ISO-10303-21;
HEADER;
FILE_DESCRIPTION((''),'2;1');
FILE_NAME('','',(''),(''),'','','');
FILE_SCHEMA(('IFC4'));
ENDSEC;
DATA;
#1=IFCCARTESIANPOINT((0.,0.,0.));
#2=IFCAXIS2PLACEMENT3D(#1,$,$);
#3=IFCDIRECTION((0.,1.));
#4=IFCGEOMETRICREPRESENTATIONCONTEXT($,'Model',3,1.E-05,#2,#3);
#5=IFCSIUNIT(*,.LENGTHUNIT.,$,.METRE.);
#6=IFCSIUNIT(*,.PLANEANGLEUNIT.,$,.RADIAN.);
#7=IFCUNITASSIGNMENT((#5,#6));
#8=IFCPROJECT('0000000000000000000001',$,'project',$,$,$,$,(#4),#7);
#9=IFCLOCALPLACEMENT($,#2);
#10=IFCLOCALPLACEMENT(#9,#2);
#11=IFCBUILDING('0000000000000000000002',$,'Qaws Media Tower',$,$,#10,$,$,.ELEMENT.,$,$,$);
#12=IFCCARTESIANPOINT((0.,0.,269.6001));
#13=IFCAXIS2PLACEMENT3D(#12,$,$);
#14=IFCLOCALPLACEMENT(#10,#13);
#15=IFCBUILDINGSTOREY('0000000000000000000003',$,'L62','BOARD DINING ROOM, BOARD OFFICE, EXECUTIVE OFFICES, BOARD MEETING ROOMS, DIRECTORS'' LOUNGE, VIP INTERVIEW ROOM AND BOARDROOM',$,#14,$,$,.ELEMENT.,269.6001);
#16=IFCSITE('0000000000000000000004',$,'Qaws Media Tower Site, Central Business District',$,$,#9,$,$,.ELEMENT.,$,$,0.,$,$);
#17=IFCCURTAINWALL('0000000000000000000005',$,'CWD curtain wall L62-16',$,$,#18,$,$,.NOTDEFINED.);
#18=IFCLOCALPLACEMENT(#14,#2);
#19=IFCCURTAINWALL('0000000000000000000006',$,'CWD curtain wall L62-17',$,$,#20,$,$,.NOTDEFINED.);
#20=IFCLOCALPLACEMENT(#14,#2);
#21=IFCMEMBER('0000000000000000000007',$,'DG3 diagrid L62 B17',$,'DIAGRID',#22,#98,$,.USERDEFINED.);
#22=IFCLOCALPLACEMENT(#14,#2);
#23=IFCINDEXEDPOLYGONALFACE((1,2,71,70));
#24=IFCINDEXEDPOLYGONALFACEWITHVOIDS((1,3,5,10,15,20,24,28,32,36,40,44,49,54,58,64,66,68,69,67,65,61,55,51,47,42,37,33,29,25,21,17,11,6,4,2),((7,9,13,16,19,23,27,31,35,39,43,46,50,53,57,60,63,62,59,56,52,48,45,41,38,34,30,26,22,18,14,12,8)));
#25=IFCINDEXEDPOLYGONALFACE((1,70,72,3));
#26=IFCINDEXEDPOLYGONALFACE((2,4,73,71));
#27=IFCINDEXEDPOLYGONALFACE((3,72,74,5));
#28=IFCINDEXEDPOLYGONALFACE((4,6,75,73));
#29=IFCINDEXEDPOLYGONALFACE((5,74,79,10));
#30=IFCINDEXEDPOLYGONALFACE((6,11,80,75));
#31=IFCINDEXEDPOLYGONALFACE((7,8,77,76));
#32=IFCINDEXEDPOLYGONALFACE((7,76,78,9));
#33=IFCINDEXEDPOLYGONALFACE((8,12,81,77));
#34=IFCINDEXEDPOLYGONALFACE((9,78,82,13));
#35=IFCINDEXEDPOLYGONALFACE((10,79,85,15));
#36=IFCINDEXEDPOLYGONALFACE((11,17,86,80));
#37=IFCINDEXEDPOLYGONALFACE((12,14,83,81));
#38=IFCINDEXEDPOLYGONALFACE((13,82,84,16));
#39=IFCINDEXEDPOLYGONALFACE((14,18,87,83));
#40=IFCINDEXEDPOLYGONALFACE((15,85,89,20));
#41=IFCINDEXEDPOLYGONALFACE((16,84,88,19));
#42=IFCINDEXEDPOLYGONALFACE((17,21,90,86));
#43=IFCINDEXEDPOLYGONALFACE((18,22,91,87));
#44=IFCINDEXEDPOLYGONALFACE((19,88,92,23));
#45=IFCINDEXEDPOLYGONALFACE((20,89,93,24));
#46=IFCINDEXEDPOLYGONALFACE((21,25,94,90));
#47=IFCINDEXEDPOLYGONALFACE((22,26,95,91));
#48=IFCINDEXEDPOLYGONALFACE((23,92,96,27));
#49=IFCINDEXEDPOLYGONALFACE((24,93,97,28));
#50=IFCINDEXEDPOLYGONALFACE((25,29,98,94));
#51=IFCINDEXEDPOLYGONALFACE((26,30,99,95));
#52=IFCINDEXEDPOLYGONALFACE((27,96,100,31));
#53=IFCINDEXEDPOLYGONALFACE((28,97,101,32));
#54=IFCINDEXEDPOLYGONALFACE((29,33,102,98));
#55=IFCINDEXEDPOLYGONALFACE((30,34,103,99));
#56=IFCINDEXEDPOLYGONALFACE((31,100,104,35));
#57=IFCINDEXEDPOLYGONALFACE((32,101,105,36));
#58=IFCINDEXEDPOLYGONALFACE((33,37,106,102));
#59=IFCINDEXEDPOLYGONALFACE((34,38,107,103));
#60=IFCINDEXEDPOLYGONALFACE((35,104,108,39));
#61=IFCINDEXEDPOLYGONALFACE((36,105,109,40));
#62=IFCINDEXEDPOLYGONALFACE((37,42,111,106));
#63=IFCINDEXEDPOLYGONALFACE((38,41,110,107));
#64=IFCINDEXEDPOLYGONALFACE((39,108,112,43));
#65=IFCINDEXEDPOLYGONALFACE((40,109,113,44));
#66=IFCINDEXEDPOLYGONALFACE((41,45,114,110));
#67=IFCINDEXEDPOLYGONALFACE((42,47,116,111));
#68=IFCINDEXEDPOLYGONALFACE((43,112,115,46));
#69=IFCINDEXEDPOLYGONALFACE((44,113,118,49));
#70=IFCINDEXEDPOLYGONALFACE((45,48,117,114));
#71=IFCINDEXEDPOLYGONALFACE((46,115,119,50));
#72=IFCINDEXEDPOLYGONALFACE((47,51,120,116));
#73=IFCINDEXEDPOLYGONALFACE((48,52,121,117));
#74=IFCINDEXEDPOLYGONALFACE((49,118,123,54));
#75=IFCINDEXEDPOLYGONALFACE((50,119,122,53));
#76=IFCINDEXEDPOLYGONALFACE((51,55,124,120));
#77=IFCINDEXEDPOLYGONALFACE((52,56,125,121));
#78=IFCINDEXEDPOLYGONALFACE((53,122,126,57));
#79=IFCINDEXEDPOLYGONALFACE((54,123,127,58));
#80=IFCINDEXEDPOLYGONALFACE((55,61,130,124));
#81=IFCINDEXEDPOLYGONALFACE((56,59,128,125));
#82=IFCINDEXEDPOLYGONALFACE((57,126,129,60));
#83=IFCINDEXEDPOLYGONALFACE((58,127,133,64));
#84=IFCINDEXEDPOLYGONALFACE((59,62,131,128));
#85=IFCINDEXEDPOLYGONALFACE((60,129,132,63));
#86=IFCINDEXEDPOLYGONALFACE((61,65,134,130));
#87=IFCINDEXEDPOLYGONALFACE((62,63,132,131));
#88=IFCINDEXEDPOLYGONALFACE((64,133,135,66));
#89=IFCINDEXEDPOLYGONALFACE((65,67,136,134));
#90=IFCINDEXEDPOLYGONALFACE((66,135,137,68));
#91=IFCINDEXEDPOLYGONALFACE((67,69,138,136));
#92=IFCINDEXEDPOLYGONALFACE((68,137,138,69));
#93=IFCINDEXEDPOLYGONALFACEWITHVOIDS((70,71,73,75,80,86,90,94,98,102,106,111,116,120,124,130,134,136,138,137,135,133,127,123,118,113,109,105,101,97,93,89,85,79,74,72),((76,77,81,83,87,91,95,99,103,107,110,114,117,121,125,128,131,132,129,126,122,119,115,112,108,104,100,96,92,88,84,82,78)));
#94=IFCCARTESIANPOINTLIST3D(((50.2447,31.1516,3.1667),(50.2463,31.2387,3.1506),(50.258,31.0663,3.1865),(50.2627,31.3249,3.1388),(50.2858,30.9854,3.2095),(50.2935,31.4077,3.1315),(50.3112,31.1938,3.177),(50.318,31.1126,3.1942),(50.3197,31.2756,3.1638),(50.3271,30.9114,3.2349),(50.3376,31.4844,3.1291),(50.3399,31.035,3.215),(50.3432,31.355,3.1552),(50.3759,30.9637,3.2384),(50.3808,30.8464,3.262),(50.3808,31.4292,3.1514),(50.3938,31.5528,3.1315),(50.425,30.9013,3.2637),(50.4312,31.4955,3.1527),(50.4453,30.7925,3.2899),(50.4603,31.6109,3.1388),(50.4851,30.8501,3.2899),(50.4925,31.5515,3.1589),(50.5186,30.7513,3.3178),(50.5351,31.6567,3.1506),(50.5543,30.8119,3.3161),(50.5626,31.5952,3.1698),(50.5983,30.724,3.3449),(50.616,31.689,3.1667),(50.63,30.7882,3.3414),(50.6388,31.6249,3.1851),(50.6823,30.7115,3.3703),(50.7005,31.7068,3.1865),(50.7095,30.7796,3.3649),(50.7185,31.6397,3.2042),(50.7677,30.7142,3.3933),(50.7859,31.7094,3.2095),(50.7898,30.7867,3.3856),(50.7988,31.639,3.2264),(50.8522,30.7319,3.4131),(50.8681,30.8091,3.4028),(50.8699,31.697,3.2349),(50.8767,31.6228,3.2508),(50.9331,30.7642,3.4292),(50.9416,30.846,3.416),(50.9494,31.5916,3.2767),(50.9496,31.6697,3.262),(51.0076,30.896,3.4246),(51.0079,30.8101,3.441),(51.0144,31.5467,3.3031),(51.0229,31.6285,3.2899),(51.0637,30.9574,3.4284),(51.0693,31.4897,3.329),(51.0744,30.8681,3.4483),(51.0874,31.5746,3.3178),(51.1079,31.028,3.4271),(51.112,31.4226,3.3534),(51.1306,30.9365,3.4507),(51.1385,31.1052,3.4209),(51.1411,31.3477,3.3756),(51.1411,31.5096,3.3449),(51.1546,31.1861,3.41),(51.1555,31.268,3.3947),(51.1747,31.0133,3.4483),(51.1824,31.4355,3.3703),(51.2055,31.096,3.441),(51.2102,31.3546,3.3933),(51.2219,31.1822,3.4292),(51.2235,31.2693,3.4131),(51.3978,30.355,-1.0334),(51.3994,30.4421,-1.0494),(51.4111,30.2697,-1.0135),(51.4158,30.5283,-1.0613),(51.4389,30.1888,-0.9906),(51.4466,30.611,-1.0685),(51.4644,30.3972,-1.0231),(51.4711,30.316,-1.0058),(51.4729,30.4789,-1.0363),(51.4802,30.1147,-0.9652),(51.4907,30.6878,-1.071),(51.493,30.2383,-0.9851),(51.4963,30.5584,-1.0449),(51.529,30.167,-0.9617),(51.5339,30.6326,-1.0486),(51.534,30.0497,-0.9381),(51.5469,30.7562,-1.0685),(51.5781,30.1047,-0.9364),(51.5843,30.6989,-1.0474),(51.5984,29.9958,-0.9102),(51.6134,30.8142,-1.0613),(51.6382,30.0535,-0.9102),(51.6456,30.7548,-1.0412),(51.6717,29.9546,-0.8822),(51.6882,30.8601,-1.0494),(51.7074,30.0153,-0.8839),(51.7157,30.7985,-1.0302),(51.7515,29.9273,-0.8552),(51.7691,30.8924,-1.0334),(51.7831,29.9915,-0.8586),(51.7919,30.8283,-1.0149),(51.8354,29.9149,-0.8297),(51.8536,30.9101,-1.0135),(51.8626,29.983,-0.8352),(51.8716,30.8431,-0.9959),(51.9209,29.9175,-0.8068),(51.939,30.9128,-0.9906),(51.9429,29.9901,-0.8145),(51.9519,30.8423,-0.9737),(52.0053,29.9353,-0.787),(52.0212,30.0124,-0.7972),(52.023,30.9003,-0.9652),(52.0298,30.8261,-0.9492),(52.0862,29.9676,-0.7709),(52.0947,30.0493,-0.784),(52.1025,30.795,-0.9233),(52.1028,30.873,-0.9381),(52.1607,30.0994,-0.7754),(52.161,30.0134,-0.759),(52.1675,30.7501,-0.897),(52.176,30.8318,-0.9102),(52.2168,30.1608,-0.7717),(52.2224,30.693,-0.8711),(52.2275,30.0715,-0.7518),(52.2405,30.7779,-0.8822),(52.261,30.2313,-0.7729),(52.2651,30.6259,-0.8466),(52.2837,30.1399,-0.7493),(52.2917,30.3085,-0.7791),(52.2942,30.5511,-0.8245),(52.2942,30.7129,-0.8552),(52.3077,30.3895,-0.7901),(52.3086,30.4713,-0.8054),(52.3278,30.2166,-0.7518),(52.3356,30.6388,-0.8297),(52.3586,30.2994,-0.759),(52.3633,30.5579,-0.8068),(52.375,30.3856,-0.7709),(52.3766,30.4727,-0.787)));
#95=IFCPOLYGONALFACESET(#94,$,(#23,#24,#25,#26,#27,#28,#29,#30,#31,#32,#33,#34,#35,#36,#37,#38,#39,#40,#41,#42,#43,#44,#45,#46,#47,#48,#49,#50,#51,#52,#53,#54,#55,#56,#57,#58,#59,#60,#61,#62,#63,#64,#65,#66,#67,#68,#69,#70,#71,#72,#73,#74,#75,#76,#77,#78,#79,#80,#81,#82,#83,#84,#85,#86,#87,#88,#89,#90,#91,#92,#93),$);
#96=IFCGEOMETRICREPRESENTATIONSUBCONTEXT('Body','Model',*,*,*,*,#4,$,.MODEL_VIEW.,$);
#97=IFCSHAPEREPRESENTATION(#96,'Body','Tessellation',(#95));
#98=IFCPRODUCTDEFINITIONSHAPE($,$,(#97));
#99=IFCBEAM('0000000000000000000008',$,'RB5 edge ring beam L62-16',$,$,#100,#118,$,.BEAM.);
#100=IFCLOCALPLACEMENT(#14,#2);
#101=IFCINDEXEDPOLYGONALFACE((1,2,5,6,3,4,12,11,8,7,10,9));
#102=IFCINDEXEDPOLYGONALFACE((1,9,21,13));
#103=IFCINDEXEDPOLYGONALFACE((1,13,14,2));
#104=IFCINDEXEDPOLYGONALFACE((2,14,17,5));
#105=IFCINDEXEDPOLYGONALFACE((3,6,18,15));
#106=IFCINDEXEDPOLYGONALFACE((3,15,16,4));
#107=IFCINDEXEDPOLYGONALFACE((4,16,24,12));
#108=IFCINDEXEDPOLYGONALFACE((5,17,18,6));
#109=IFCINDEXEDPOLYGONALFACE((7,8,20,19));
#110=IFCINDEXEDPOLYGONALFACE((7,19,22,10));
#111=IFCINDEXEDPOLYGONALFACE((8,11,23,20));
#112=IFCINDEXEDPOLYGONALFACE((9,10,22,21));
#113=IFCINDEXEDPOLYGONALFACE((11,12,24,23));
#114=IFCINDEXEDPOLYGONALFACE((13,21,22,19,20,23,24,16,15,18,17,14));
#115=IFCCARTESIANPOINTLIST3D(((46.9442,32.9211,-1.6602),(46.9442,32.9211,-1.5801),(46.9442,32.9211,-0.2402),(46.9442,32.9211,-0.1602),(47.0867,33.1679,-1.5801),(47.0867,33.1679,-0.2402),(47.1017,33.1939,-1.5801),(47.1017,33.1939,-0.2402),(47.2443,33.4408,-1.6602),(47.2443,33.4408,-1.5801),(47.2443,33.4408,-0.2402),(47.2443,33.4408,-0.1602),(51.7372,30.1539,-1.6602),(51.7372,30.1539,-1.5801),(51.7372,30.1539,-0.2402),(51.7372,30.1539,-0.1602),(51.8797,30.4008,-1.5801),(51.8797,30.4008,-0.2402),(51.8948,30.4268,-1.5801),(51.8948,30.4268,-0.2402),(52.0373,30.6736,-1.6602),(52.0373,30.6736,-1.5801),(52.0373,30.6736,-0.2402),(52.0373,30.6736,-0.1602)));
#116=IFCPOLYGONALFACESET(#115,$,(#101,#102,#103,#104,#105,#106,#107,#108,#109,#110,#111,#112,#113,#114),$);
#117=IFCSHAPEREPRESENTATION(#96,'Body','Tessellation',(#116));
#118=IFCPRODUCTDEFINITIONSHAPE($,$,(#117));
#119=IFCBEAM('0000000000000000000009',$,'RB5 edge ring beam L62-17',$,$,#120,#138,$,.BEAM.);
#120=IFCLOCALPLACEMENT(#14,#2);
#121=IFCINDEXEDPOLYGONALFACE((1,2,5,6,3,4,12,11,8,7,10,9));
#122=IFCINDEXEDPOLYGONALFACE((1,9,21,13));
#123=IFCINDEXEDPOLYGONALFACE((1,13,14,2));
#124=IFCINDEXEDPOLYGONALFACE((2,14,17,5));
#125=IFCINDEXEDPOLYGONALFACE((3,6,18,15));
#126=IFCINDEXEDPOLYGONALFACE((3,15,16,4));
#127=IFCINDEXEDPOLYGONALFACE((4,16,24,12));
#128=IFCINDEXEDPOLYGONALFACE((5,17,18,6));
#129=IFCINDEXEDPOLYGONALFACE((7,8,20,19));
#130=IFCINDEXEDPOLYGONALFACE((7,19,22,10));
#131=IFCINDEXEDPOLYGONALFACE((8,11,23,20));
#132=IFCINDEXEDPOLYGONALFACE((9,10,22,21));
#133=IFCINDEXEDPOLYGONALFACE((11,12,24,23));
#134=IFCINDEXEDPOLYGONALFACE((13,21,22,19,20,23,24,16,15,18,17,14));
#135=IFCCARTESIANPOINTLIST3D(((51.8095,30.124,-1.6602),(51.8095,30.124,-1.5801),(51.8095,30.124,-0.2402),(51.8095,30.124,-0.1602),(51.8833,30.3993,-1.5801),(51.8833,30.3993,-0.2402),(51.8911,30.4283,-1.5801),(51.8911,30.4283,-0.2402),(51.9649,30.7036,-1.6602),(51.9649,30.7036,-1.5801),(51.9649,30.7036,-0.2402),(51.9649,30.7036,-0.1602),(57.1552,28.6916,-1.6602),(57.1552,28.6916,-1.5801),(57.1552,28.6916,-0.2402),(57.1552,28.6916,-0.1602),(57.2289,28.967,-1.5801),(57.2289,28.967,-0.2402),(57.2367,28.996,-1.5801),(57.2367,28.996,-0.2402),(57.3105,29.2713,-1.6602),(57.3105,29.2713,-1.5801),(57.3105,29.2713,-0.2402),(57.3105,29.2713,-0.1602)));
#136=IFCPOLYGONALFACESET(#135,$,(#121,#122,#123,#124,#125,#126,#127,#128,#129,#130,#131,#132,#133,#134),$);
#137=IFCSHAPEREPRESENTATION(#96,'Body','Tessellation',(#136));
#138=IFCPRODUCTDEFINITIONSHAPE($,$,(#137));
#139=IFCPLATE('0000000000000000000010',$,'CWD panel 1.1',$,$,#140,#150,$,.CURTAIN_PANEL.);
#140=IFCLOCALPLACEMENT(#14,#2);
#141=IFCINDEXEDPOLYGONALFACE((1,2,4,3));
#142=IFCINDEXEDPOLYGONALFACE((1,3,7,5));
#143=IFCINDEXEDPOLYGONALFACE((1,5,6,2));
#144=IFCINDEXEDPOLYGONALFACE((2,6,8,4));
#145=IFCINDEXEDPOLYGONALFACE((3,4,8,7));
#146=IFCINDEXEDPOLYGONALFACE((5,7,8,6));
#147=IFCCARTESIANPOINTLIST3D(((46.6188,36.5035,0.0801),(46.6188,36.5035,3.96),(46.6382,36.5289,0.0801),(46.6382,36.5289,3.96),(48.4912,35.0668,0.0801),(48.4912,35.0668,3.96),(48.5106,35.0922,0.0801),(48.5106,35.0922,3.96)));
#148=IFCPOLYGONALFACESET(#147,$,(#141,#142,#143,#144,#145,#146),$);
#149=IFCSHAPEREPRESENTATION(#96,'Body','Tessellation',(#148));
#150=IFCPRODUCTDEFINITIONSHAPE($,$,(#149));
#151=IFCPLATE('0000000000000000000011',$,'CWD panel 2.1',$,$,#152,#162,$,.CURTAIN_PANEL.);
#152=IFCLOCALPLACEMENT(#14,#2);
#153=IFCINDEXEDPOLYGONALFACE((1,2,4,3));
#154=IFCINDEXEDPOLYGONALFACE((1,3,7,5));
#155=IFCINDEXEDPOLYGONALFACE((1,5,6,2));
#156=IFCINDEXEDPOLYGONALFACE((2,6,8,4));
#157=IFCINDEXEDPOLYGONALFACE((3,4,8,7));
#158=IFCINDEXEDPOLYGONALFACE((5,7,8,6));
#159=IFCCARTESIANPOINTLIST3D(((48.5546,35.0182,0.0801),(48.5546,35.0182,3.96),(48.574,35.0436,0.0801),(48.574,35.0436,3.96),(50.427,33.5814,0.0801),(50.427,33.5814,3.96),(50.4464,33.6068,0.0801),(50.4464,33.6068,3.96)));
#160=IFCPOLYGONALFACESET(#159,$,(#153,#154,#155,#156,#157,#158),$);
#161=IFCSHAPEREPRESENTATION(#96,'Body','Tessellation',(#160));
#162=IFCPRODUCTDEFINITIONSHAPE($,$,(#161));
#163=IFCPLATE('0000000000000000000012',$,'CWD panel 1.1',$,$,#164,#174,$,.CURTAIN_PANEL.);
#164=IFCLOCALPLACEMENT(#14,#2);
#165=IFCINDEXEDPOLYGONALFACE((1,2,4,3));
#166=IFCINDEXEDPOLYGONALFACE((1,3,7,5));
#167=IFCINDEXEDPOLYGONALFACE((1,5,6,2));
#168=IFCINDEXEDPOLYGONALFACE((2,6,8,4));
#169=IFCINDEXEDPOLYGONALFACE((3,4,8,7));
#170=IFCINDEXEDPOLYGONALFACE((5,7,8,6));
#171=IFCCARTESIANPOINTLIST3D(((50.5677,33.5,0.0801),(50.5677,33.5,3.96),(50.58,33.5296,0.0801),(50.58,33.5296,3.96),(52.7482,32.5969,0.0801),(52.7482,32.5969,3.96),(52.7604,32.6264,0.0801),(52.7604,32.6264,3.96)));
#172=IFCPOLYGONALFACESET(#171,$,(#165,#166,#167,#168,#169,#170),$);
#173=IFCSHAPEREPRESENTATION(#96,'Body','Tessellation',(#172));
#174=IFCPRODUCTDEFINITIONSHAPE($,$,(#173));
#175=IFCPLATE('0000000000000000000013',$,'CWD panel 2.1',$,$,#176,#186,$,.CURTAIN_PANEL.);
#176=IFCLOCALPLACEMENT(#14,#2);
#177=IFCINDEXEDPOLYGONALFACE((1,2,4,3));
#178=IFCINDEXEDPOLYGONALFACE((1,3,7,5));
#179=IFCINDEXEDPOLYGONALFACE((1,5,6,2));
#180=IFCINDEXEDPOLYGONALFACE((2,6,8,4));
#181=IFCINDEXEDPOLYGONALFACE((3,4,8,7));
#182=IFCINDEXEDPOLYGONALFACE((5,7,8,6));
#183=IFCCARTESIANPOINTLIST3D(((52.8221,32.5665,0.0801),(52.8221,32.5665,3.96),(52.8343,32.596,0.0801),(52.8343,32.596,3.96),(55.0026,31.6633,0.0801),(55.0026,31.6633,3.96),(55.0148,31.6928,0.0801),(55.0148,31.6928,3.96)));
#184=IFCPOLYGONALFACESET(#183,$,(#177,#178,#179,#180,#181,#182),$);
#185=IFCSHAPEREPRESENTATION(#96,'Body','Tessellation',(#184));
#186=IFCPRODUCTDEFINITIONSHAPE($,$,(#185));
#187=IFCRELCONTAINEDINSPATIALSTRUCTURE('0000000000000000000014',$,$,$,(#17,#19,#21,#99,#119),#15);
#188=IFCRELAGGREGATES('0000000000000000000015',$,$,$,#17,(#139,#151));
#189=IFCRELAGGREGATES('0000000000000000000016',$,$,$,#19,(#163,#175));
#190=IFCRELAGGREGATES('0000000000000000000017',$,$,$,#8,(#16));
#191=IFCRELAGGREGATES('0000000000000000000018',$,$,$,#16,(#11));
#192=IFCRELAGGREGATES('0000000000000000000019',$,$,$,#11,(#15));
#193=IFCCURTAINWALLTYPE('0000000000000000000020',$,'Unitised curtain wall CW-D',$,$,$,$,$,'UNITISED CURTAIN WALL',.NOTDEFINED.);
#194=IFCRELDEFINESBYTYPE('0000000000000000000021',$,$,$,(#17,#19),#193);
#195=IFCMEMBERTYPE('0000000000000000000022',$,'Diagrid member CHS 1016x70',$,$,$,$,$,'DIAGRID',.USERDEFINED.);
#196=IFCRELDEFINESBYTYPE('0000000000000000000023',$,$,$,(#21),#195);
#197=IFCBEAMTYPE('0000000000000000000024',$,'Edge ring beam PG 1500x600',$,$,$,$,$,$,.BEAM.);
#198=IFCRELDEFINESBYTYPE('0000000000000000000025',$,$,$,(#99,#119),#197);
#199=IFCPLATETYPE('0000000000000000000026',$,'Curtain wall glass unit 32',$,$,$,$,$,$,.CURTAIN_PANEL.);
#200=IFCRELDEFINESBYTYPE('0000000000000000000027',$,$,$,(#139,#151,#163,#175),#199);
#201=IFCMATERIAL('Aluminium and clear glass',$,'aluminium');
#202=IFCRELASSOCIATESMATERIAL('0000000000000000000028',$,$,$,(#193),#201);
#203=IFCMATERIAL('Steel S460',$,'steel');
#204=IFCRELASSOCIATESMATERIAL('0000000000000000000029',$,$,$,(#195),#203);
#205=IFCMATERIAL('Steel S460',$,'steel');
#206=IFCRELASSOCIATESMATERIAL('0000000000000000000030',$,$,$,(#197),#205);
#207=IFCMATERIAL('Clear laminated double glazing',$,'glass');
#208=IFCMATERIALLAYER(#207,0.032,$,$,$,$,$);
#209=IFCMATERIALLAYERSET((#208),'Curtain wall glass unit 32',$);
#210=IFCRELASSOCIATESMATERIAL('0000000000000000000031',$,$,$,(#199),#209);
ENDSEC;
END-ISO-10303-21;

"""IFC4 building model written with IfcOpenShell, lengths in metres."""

from ifc_helpers import new_model, si_unit, direction, frame, origin, origin_2d, place, context, subcontext, project, spatial, rectangle, hollow_circle, i_section, extrude, material, layer, layer_set, material_profile, profile_set, type_object, element, aggregate, save


model = new_model("IFC4")

# Units and contexts
model_context = context("Model", 3, precision=1e-05, world=origin(), true_north=direction((0.0, 1.0)))
body_context = subcontext(model_context, "Body", "Model", "MODEL_VIEW")
ifc_project = project(units=[si_unit("LENGTHUNIT", "METRE"), si_unit("PLANEANGLEUNIT", "RADIAN")], contexts=[model_context])

# Site, building, storey
site_placement = place(None, origin())
site = spatial("IfcSite", under=ifc_project, at=site_placement, Name="Qaws Media Tower Site, Central Business District", CompositionType="ELEMENT", RefElevation=0.0)
building_placement = place(site_placement, origin())
building = spatial("IfcBuilding", under=site, at=building_placement, Name="Qaws Media Tower", CompositionType="ELEMENT")
storey_placement = place(building_placement, frame((0.0, 0.0, 269.6001)))
storey = spatial("IfcBuildingStorey", under=building, at=storey_placement, Name="L62", Description="BOARD DINING ROOM, BOARD OFFICE, EXECUTIVE OFFICES, BOARD MEETING ROOMS, DIRECTORS' LOUNGE, VIP INTERVIEW ROOM AND BOARDROOM", CompositionType="ELEMENT", Elevation=269.6001)

# Curtain walls
ifc_material_1 = material(Name="Aluminium and clear glass", Category="aluminium")
curtain_wall_type = type_object("IfcCurtainWallType", Name="Unitised curtain wall CW-D", ElementType="UNITISED CURTAIN WALL", PredefinedType="NOTDEFINED", material=ifc_material_1)
curtain_wall_1_placement = place(storey_placement, origin())
curtain_wall_1 = element("IfcCurtainWall", 1, at=curtain_wall_1_placement, inside=storey, type_object=curtain_wall_type, Name="CWD curtain wall L62-16", PredefinedType="NOTDEFINED")
curtain_wall_2_placement = place(storey_placement, origin())
curtain_wall_2 = element("IfcCurtainWall", 2, at=curtain_wall_2_placement, inside=storey, type_object=curtain_wall_type, Name="CWD curtain wall L62-17", PredefinedType="NOTDEFINED")

# Member
ifc_material_2 = material(Name="Steel S460", Category="steel")
ifc_material_profile_1 = material_profile(ifc_material_2, hollow_circle(Radius=0.5081, WallThickness=0.0701, at=origin_2d()), Name="CHS 1016x70")
ifc_profile_set_1 = profile_set([ifc_material_profile_1], Name="Steel S460")
member_type_1 = type_object("IfcMemberType", Name="Diagrid member CHS 1016x70", ElementType="DIAGRID", PredefinedType="USERDEFINED", material=ifc_profile_set_1)
for number, where, z_axis, x_axis, name in (
    (3, (51.8872, 30.4138, -0.9102), (-0.260428, 0.179923, 0.94858), (-0.568413, -0.822744, 0.0), "DG3 diagrid L62 B17"),
):
    element("IfcMember", number, at=place(storey_placement, frame(where, z_axis=z_axis, x_axis=x_axis)), inside=storey, type_object=member_type_1, Name=name, ObjectType="DIAGRID", PredefinedType="USERDEFINED", context=body_context, shape_type="SweptSolid", body=[
        extrude(hollow_circle(Radius=0.5081, WallThickness=0.0701, at=origin_2d()), origin(), (0.0, 0.0, 1.0), 4.4277),
    ])

# Beams
ifc_material_3 = material(Name="Steel S460", Category="steel")
ifc_material_profile_2 = material_profile(ifc_material_3, i_section(OverallWidth=0.6001, OverallDepth=1.5, WebThickness=0.03, FlangeThickness=0.0801, at=origin_2d()), Name="PG 1500x600")
ifc_profile_set_2 = profile_set([ifc_material_profile_2], Name="Steel S460")
beam_type = type_object("IfcBeamType", Name="Edge ring beam PG 1500x600", PredefinedType="BEAM", material=ifc_profile_set_2)
beam_1_placement = place(storey_placement, frame((47.0942, 33.1809, -0.9102), z_axis=(0.866036, -0.499982, 0.0), x_axis=(0.499982, 0.866036, 0.0)))
element("IfcBeam", 4, at=beam_1_placement, inside=storey, type_object=beam_type, Name="RB5 edge ring beam L62-16", PredefinedType="BEAM", context=body_context, shape_type="SweptSolid", body=[
    extrude(i_section(OverallWidth=0.6001, OverallDepth=1.5, WebThickness=0.03, FlangeThickness=0.0801, at=origin_2d()), origin(), (0.0, 0.0, 1.0), 5.5344),
])
beam_2_placement = place(storey_placement, frame((51.8872, 30.4138, -0.9102), z_axis=(0.965926, -0.258818, 0.0), x_axis=(0.258818, 0.965926, 0.0)))
element("IfcBeam", 5, at=beam_2_placement, inside=storey, type_object=beam_type, Name="RB5 edge ring beam L62-17", PredefinedType="BEAM", context=body_context, shape_type="SweptSolid", body=[
    extrude(i_section(OverallWidth=0.6001, OverallDepth=1.5, WebThickness=0.03, FlangeThickness=0.0801, at=origin_2d()), origin(), (0.0, 0.0, 1.0), 5.5342),
])

# Plates
ifc_material_4 = material(Name="Clear laminated double glazing", Category="glass")
ifc_layer_1 = layer(ifc_material_4, 0.032)
ifc_layer_set_1 = layer_set([ifc_layer_1], Name="Curtain wall glass unit 32")
plate_type_1 = type_object("IfcPlateType", Name="Curtain wall glass unit 32", PredefinedType="CURTAIN_PANEL", material=ifc_layer_set_1)
plate_1_placement = place(storey_placement, frame((47.5647, 35.7979, 0.0801), z_axis=(0.0, 0.0, 1.0), x_axis=(0.793353, -0.608761, 0.0)))
plate_1 = element("IfcPlate", 6, at=plate_1_placement, type_object=plate_type_1, Name="CWD panel 1.1", PredefinedType="CURTAIN_PANEL", context=body_context, shape_type="SweptSolid", body=[
    extrude(rectangle(XDim=2.3601, YDim=0.032, at=origin_2d()), origin(), (0.0, 0.0, 1.0), 3.8799),
])
plate_2_placement = place(storey_placement, frame((49.5005, 34.3125, 0.0801), z_axis=(0.0, 0.0, 1.0), x_axis=(0.793353, -0.608761, 0.0)))
plate_2 = element("IfcPlate", 7, at=plate_2_placement, type_object=plate_type_1, Name="CWD panel 2.1", PredefinedType="CURTAIN_PANEL", context=body_context, shape_type="SweptSolid", body=[
    extrude(rectangle(XDim=2.3601, YDim=0.032, at=origin_2d()), origin(), (0.0, 0.0, 1.0), 3.8799),
])
aggregate(curtain_wall_1, [plate_1, plate_2])
plate_3_placement = place(storey_placement, frame((51.6641, 33.0632, 0.0801), z_axis=(0.0, 0.0, 1.0), x_axis=(0.92388, -0.382683, 0.0)))
plate_3 = element("IfcPlate", 8, at=plate_3_placement, type_object=plate_type_1, Name="CWD panel 1.1", PredefinedType="CURTAIN_PANEL", context=body_context, shape_type="SweptSolid", body=[
    extrude(rectangle(XDim=2.3601, YDim=0.032, at=origin_2d()), origin(), (0.0, 0.0, 1.0), 3.8799),
])
plate_4_placement = place(storey_placement, frame((53.9185, 32.1296, 0.0801), z_axis=(0.0, 0.0, 1.0), x_axis=(0.92388, -0.382683, 0.0)))
plate_4 = element("IfcPlate", 9, at=plate_4_placement, type_object=plate_type_1, Name="CWD panel 2.1", PredefinedType="CURTAIN_PANEL", context=body_context, shape_type="SweptSolid", body=[
    extrude(rectangle(XDim=2.3601, YDim=0.032, at=origin_2d()), origin(), (0.0, 0.0, 1.0), 3.8799),
])
aggregate(curtain_wall_2, [plate_3, plate_4])

save(model, "model.ifc")
